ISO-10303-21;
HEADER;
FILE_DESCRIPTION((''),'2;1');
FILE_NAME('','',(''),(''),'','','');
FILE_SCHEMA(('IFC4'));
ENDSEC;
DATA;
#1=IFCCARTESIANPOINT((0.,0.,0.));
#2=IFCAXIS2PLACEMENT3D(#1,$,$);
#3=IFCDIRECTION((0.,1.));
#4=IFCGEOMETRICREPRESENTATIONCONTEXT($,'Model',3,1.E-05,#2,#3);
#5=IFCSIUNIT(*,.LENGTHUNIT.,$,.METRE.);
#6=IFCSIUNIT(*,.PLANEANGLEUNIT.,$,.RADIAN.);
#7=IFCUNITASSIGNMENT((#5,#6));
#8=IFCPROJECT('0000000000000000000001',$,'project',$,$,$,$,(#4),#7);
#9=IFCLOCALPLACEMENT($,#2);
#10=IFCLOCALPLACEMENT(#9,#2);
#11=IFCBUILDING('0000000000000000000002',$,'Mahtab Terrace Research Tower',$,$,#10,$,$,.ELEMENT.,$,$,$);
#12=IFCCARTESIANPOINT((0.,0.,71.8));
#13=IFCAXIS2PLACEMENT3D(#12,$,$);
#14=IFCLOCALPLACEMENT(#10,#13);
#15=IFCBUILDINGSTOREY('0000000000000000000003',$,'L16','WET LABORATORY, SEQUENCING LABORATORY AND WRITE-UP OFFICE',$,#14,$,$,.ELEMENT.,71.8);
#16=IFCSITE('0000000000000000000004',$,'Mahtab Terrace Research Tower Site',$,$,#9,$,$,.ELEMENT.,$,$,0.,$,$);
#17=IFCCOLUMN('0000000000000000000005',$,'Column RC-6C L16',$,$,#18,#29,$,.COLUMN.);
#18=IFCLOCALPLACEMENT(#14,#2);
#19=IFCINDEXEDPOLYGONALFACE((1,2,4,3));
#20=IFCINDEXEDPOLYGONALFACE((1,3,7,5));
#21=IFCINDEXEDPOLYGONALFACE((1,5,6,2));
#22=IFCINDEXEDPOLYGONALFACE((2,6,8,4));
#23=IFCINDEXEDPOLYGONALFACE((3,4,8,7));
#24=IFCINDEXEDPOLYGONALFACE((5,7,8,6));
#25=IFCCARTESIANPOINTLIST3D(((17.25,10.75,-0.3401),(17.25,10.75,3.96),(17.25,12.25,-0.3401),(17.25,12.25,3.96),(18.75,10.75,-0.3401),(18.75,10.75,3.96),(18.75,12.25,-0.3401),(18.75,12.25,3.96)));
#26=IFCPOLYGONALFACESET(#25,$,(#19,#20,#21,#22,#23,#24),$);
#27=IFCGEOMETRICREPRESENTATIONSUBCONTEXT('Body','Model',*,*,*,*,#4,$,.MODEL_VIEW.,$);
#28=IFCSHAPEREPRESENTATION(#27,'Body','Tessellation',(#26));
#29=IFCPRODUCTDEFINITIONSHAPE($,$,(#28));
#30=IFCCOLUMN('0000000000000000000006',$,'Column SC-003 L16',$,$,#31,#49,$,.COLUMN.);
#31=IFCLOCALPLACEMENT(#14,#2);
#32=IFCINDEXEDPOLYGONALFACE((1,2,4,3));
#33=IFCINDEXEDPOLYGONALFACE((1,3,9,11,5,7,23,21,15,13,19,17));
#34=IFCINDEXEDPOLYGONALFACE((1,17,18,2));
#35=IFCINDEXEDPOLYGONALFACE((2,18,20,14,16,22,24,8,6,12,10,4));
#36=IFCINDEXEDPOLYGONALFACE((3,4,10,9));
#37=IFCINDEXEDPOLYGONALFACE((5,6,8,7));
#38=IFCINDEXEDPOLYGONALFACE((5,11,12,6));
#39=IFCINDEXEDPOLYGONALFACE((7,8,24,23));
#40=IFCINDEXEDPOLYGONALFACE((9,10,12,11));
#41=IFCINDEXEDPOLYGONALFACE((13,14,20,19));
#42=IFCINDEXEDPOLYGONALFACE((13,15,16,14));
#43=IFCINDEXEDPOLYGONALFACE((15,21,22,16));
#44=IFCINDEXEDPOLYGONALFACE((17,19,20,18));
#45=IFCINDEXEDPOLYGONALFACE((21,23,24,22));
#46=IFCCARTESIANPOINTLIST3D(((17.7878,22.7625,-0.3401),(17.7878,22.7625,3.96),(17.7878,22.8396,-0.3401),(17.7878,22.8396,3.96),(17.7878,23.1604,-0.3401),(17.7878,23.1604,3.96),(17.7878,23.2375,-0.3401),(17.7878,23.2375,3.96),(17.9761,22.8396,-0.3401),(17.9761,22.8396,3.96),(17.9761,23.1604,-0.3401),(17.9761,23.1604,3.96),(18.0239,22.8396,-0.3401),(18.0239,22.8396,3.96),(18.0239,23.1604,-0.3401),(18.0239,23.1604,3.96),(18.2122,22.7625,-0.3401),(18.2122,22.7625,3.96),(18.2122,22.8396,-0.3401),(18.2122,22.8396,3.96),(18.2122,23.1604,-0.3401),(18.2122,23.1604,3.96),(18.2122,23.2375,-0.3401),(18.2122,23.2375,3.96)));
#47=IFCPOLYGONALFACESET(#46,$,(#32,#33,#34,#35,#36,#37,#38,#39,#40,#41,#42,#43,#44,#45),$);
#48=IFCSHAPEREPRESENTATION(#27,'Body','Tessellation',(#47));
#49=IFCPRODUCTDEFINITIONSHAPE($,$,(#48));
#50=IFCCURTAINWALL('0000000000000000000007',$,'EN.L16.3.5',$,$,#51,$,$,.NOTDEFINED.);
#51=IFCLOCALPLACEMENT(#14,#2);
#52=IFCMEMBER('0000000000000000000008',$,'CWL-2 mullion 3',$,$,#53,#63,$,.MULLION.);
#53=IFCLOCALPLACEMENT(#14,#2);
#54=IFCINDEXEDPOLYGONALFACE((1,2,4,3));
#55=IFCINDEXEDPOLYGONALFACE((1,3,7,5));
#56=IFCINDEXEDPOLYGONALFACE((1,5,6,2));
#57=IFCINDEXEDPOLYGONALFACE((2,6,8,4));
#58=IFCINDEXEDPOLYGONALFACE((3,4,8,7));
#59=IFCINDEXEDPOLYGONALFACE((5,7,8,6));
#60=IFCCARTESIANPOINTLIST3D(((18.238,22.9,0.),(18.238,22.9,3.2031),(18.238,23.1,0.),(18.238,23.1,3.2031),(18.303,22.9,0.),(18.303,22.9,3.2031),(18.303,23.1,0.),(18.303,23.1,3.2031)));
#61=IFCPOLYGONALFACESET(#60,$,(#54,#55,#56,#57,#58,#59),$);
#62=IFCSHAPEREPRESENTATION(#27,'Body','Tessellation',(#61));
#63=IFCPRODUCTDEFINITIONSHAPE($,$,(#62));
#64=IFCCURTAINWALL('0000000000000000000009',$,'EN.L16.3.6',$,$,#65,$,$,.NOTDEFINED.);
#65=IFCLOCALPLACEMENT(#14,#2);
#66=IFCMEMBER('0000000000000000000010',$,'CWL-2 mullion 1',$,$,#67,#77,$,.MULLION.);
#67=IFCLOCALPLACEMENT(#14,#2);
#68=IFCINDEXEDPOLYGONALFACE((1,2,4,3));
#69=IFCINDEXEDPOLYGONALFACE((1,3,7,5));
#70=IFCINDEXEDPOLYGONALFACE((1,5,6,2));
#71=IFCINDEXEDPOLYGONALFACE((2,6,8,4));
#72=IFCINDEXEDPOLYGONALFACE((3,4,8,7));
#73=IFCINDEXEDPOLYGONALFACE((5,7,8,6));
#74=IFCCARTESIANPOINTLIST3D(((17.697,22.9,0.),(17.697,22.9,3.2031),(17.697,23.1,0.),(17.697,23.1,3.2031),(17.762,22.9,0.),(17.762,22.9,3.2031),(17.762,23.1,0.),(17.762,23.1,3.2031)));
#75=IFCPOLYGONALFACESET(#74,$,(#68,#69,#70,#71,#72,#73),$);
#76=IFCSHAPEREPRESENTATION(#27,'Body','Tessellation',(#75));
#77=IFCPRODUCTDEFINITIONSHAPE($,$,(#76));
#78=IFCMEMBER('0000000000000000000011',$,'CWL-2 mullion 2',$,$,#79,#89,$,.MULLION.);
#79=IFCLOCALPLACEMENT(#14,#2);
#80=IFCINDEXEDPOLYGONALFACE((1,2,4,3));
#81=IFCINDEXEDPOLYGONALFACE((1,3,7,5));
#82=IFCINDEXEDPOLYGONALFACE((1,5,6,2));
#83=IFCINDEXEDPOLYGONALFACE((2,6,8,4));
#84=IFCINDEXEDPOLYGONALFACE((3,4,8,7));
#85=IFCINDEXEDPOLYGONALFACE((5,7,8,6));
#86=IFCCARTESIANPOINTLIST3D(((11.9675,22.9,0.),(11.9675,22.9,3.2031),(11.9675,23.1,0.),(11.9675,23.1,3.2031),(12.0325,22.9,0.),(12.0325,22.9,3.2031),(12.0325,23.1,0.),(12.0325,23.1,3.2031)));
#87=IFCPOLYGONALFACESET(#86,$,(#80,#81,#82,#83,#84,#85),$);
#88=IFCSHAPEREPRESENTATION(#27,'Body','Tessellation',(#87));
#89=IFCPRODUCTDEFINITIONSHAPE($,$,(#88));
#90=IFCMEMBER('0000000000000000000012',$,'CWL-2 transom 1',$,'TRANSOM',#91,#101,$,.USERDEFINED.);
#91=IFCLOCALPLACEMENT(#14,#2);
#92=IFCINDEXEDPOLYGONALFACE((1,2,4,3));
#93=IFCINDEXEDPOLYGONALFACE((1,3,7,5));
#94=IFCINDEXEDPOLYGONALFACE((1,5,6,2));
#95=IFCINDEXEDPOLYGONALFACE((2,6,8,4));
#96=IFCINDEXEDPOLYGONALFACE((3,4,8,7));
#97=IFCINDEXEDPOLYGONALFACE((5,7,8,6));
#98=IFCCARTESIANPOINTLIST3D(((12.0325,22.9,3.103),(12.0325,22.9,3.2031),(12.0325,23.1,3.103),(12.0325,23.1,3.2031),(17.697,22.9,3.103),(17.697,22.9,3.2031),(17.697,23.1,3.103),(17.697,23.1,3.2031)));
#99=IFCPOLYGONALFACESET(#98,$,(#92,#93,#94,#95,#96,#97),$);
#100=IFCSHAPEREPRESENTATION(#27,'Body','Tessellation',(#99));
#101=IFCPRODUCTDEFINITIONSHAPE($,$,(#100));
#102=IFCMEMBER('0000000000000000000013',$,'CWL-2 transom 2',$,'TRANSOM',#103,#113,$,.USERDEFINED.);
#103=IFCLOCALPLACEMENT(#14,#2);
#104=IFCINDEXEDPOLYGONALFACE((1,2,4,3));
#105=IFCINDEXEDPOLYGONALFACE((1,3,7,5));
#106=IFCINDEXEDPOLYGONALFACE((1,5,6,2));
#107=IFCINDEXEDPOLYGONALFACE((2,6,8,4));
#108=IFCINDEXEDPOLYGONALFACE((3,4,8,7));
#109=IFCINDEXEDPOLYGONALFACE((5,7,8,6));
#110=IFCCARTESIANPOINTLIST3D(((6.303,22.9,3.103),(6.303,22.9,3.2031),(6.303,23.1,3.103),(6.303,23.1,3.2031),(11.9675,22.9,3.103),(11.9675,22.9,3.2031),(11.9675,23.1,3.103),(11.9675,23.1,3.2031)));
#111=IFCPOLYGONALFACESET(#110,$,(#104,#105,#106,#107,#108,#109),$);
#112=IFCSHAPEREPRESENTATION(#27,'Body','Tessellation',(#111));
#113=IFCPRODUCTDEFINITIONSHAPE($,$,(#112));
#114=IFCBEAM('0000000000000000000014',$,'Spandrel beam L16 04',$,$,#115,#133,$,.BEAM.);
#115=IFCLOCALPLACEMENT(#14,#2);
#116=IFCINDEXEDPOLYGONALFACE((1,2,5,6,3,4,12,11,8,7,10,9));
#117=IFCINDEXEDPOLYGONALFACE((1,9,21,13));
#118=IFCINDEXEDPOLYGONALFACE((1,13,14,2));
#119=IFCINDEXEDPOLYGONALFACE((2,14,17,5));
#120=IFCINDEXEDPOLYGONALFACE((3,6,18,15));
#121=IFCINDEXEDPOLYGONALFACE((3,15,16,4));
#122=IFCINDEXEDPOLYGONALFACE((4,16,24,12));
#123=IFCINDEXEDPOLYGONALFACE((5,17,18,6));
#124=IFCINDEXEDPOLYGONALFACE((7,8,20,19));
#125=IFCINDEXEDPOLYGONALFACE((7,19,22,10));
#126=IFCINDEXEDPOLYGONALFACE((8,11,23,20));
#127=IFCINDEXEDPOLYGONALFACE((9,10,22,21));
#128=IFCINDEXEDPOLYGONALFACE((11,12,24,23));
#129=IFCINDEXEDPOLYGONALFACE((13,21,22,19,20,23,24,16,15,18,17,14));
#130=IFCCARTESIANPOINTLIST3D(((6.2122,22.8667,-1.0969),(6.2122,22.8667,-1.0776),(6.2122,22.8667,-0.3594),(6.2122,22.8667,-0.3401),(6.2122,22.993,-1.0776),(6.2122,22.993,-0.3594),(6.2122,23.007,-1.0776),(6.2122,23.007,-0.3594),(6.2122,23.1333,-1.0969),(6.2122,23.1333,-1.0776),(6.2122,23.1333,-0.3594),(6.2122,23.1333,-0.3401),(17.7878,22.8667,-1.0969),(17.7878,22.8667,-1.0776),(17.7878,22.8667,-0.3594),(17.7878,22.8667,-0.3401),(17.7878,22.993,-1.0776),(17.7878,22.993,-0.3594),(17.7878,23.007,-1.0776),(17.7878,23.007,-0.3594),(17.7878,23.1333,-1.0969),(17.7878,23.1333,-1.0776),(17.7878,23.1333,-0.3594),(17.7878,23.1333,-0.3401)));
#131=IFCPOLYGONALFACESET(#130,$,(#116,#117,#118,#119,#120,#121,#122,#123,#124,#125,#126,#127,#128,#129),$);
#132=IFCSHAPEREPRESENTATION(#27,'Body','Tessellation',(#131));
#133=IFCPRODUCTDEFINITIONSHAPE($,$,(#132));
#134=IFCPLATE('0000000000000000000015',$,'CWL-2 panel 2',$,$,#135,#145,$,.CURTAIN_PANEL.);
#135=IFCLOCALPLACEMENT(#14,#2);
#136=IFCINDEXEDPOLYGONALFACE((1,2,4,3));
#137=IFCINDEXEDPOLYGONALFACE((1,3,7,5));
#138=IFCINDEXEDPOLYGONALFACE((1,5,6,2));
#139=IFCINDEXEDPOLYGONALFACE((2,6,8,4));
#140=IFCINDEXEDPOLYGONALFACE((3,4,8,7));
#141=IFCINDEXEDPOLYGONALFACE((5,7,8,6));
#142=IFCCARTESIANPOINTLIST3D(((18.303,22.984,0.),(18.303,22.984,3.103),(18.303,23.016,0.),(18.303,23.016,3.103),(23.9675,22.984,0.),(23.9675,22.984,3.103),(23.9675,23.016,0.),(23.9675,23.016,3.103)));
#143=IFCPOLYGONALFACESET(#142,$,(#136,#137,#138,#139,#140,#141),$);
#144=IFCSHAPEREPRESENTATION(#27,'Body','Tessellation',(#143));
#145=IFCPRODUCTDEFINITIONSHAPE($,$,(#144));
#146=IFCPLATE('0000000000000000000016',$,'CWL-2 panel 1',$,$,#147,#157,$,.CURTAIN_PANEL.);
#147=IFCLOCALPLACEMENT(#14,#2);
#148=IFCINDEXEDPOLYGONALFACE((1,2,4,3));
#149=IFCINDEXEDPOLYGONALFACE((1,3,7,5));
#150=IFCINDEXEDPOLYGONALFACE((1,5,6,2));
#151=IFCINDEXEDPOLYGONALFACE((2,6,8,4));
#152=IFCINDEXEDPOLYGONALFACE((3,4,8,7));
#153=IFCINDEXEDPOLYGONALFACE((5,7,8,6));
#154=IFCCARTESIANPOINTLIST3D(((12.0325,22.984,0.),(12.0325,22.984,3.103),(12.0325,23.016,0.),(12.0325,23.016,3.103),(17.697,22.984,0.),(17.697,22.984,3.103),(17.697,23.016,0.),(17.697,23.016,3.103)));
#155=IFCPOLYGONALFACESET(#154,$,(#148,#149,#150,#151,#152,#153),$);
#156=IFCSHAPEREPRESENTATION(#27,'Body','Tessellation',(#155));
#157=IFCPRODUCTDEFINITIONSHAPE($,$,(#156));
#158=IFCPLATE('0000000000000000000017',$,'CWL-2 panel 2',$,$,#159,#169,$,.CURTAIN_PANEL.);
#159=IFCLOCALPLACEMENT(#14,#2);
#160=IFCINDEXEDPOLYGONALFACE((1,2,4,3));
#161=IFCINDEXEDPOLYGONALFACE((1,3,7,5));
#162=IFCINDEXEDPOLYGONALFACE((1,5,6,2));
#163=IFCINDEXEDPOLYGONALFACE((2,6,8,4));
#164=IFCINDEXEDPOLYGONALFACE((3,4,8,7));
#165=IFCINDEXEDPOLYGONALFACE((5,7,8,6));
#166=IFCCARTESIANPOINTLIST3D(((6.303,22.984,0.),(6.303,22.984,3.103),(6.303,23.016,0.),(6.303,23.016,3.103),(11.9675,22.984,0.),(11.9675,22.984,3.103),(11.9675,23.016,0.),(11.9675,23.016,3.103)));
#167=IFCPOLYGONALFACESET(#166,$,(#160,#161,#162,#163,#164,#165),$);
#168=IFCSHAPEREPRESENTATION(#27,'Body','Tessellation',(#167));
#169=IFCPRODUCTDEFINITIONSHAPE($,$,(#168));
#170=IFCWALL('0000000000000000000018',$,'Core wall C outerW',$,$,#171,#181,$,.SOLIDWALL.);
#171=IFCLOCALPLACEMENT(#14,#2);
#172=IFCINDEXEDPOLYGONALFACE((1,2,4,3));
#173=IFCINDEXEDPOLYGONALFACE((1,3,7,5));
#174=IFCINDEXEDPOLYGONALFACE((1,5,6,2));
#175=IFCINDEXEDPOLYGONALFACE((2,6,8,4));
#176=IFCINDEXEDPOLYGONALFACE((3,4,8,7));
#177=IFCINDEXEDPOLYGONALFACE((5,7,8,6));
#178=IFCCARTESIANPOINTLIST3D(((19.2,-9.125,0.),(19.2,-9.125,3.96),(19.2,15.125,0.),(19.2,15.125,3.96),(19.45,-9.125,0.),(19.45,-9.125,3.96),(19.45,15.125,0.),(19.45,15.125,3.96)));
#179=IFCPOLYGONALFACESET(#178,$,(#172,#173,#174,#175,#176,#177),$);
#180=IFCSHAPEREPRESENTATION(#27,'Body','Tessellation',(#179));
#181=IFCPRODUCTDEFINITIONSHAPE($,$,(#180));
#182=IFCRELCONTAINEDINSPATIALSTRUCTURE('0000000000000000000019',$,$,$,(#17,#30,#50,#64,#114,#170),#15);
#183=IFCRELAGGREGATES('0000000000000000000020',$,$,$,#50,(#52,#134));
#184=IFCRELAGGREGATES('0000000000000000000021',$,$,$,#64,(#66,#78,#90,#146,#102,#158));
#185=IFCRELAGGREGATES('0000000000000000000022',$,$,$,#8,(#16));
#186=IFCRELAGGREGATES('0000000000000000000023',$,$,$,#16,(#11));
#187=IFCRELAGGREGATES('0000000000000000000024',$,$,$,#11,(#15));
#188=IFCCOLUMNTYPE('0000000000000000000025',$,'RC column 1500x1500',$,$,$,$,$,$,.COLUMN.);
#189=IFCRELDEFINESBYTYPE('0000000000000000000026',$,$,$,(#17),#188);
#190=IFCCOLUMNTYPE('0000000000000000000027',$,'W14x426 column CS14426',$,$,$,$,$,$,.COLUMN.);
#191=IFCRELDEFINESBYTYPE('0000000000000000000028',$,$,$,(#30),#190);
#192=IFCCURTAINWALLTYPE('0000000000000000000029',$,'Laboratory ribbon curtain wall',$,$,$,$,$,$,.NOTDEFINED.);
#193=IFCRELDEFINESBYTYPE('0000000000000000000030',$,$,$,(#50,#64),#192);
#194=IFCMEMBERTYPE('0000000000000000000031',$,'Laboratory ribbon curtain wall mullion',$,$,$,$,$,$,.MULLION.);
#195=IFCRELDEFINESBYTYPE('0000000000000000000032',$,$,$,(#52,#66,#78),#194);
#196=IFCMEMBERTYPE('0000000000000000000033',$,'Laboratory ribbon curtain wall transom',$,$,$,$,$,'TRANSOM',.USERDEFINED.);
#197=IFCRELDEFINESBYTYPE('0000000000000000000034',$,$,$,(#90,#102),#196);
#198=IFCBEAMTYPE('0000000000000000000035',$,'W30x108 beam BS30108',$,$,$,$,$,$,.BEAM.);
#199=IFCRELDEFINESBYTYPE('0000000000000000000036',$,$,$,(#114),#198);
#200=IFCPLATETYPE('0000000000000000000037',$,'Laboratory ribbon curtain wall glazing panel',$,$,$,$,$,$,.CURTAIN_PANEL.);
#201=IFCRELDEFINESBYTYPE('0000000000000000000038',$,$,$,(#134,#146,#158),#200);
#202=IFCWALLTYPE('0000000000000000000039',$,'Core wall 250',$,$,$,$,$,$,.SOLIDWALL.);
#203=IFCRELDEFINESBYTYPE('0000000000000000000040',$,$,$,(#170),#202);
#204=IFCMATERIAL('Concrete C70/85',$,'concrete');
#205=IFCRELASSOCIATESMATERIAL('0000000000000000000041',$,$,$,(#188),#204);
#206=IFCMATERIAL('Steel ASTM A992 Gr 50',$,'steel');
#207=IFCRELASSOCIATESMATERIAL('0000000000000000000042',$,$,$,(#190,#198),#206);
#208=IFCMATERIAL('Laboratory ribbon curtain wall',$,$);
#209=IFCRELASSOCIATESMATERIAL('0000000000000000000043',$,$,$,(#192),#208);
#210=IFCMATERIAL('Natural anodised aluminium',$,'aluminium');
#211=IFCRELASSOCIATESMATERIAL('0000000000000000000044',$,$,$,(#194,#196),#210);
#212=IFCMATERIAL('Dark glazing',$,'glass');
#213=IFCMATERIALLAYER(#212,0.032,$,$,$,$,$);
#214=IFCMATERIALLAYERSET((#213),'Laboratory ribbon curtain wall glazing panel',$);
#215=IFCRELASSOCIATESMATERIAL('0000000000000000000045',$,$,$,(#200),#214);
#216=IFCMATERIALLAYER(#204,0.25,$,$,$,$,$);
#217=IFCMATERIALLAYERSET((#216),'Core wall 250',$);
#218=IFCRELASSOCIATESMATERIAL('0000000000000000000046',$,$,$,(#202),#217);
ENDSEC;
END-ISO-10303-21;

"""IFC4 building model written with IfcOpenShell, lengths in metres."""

from ifc_helpers import new_model, si_unit, direction, frame, frame_2d, origin, origin_2d, place, context, subcontext, project, spatial, rectangle, i_section, extrude, material, layer, layer_set, material_profile, profile_set, type_object, element, aggregate, save


model = new_model("IFC4")

# Units and contexts
model_context = context("Model", 3, precision=1e-05, world=origin(), true_north=direction((0.0, 1.0)))
body_context = subcontext(model_context, "Body", "Model", "MODEL_VIEW")
ifc_project = project(units=[si_unit("LENGTHUNIT", "METRE"), si_unit("PLANEANGLEUNIT", "RADIAN")], contexts=[model_context])

# Site, building, storey
site_placement = place(None, origin())
site = spatial("IfcSite", under=ifc_project, at=site_placement, Name="Mahtab Terrace Research Tower Site", CompositionType="ELEMENT", RefElevation=0.0)
building_placement = place(site_placement, origin())
building = spatial("IfcBuilding", under=site, at=building_placement, Name="Mahtab Terrace Research Tower", CompositionType="ELEMENT")
storey_placement = place(building_placement, frame((0.0, 0.0, 71.8)))
storey = spatial("IfcBuildingStorey", under=building, at=storey_placement, Name="L16", Description="WET LABORATORY, SEQUENCING LABORATORY AND WRITE-UP OFFICE", CompositionType="ELEMENT", Elevation=71.8)

# Columns
ifc_material_1 = material(Name="Concrete C70/85", Category="concrete")
ifc_material_profile_1 = material_profile(ifc_material_1, rectangle(XDim=1.5, YDim=1.5, at=origin_2d()), Name="RC column 1500x1500")
ifc_profile_set_1 = profile_set([ifc_material_profile_1], Name="Concrete C70/85")
column_type_1 = type_object("IfcColumnType", Name="RC column 1500x1500", PredefinedType="COLUMN", material=ifc_profile_set_1)
column_1_placement = place(storey_placement, frame((18.0, 11.5, -0.3401), z_axis=(0.0, 0.0, 1.0), x_axis=(1.0, 0.0, 0.0)))
element("IfcColumn", 1, at=column_1_placement, inside=storey, type_object=column_type_1, Name="Column RC-6C L16", PredefinedType="COLUMN", context=body_context, shape_type="SweptSolid", body=[
    extrude(rectangle(XDim=1.5, YDim=1.5, at=origin_2d()), origin(), (0.0, 0.0, 1.0), 4.3),
])
ifc_material_2 = material(Name="Steel ASTM A992 Gr 50", Category="steel")
ifc_material_profile_2 = material_profile(ifc_material_2, i_section(OverallWidth=0.4243, OverallDepth=0.4751, WebThickness=0.0479, FlangeThickness=0.0771, at=origin_2d()), Name="W14X426")
ifc_profile_set_2 = profile_set([ifc_material_profile_2], Name="Steel ASTM A992 Gr 50")
column_type_2 = type_object("IfcColumnType", Name="W14x426 column CS14426", PredefinedType="COLUMN", material=ifc_profile_set_2)
column_2_placement = place(storey_placement, frame((18.0, 23.0, -0.3401), z_axis=(0.0, 0.0, 1.0), x_axis=(1.0, 0.0, 0.0)))
element("IfcColumn", 2, at=column_2_placement, inside=storey, type_object=column_type_2, Name="Column SC-003 L16", PredefinedType="COLUMN", context=body_context, shape_type="SweptSolid", body=[
    extrude(i_section(OverallWidth=0.4243, OverallDepth=0.4751, WebThickness=0.0479, FlangeThickness=0.0771, at=origin_2d()), origin(), (0.0, 0.0, 1.0), 4.3),
])

# Curtain wall, member
ifc_material_3 = material(Name="Laboratory ribbon curtain wall")
curtain_wall_type = type_object("IfcCurtainWallType", Name="Laboratory ribbon curtain wall", PredefinedType="NOTDEFINED", material=ifc_material_3)
curtain_wall_1_placement = place(storey_placement, origin())
curtain_wall_1 = element("IfcCurtainWall", 3, at=curtain_wall_1_placement, inside=storey, type_object=curtain_wall_type, Name="EN.L16.3.5", PredefinedType="NOTDEFINED")
ifc_material_4 = material(Name="Natural anodised aluminium", Category="aluminium")
ifc_material_profile_3 = material_profile(ifc_material_4, rectangle(XDim=0.2, YDim=0.0649, at=origin_2d()), Name="MULLION 65x200")
ifc_profile_set_3 = profile_set([ifc_material_profile_3], Name="Natural anodised aluminium")
member_type_1 = type_object("IfcMemberType", Name="Laboratory ribbon curtain wall mullion", PredefinedType="MULLION", material=ifc_profile_set_3)
member_1_placement = place(storey_placement, frame((18.2705, 23.0, 0.0), z_axis=(0.0, 0.0, 1.0), x_axis=(0.0, -1.0, 0.0)))
member_1 = element("IfcMember", 4, at=member_1_placement, type_object=member_type_1, Name="CWL-2 mullion 3", PredefinedType="MULLION", context=body_context, shape_type="SweptSolid", body=[
    extrude(rectangle(XDim=0.2, YDim=0.0649, at=origin_2d()), origin(), (0.0, 0.0, 1.0), 3.2031),
])

# Curtain wall, members
curtain_wall_2_placement = place(storey_placement, origin())
curtain_wall_2 = element("IfcCurtainWall", 5, at=curtain_wall_2_placement, inside=storey, type_object=curtain_wall_type, Name="EN.L16.3.6", PredefinedType="NOTDEFINED")
member_2_placement = place(storey_placement, frame((17.7295, 23.0, 0.0), z_axis=(0.0, 0.0, 1.0), x_axis=(0.0, -1.0, 0.0)))
member_2 = element("IfcMember", 6, at=member_2_placement, type_object=member_type_1, Name="CWL-2 mullion 1", PredefinedType="MULLION", context=body_context, shape_type="SweptSolid", body=[
    extrude(rectangle(XDim=0.2, YDim=0.0649, at=origin_2d()), origin(), (0.0, 0.0, 1.0), 3.2031),
])
member_3_placement = place(storey_placement, frame((12.0, 23.0, 0.0), z_axis=(0.0, 0.0, 1.0), x_axis=(0.0, -1.0, 0.0)))
member_3 = element("IfcMember", 7, at=member_3_placement, type_object=member_type_1, Name="CWL-2 mullion 2", PredefinedType="MULLION", context=body_context, shape_type="SweptSolid", body=[
    extrude(rectangle(XDim=0.2, YDim=0.0649, at=origin_2d()), origin(), (0.0, 0.0, 1.0), 3.2031),
])
ifc_material_profile_4 = material_profile(ifc_material_4, rectangle(XDim=0.2, YDim=0.1001, at=origin_2d()), Name="TRANSOM 100x200")
ifc_profile_set_4 = profile_set([ifc_material_profile_4], Name="Natural anodised aluminium")
member_type_2 = type_object("IfcMemberType", Name="Laboratory ribbon curtain wall transom", ElementType="TRANSOM", PredefinedType="USERDEFINED", material=ifc_profile_set_4)
member_4_placement = place(storey_placement, frame((17.697, 23.0, 3.1531), z_axis=(-1.0, 0.0, 0.0), x_axis=(0.0, -1.0, 0.0)))
member_4 = element("IfcMember", 8, at=member_4_placement, type_object=member_type_2, Name="CWL-2 transom 1", ObjectType="TRANSOM", PredefinedType="USERDEFINED", context=body_context, shape_type="SweptSolid", body=[
    extrude(rectangle(XDim=0.2, YDim=0.1001, at=origin_2d()), origin(), (0.0, 0.0, 1.0), 5.6646),
])
member_5_placement = place(storey_placement, frame((11.9675, 23.0, 3.1531), z_axis=(-1.0, 0.0, 0.0), x_axis=(0.0, -1.0, 0.0)))
member_5 = element("IfcMember", 9, at=member_5_placement, type_object=member_type_2, Name="CWL-2 transom 2", ObjectType="TRANSOM", PredefinedType="USERDEFINED", context=body_context, shape_type="SweptSolid", body=[
    extrude(rectangle(XDim=0.2, YDim=0.1001, at=origin_2d()), origin(), (0.0, 0.0, 1.0), 5.6646),
])

# Beam
ifc_material_profile_5 = material_profile(ifc_material_2, i_section(OverallWidth=0.2666, OverallDepth=0.7568, WebThickness=0.0139, FlangeThickness=0.0193, at=origin_2d()), Name="W30X108")
ifc_profile_set_5 = profile_set([ifc_material_profile_5], Name="Steel ASTM A992 Gr 50")
beam_type = type_object("IfcBeamType", Name="W30x108 beam BS30108", PredefinedType="BEAM", material=ifc_profile_set_5)
beam_placement = place(storey_placement, frame((17.7878, 23.0, -0.7185), z_axis=(-1.0, 0.0, 0.0), x_axis=(0.0, -1.0, 0.0)))
element("IfcBeam", 10, at=beam_placement, inside=storey, type_object=beam_type, Name="Spandrel beam L16 04", PredefinedType="BEAM", context=body_context, shape_type="SweptSolid", body=[
    extrude(i_section(OverallWidth=0.2666, OverallDepth=0.7568, WebThickness=0.0139, FlangeThickness=0.0193, at=origin_2d()), origin(), (0.0, 0.0, 1.0), 11.5757),
])

# Plates
ifc_material_5 = material(Name="Dark glazing", Category="glass")
ifc_layer_1 = layer(ifc_material_5, 0.032)
ifc_layer_set_1 = layer_set([ifc_layer_1], Name="Laboratory ribbon curtain wall glazing panel")
plate_type = type_object("IfcPlateType", Name="Laboratory ribbon curtain wall glazing panel", PredefinedType="CURTAIN_PANEL", material=ifc_layer_set_1)
plate_1_placement = place(storey_placement, frame((21.1353, 23.0, 0.0), z_axis=(0.0, 0.0, 1.0), x_axis=(-1.0, 0.0, 0.0)))
plate_1 = element("IfcPlate", 11, at=plate_1_placement, type_object=plate_type, Name="CWL-2 panel 2", PredefinedType="CURTAIN_PANEL", context=body_context, shape_type="SweptSolid", body=[
    extrude(rectangle(XDim=5.6646, YDim=0.032, at=origin_2d()), origin(), (0.0, 0.0, 1.0), 3.103),
])
aggregate(curtain_wall_1, [member_1, plate_1])
plate_2_placement = place(storey_placement, frame((14.8647, 23.0, 0.0), z_axis=(0.0, 0.0, 1.0), x_axis=(-1.0, 0.0, 0.0)))
plate_2 = element("IfcPlate", 12, at=plate_2_placement, type_object=plate_type, Name="CWL-2 panel 1", PredefinedType="CURTAIN_PANEL", context=body_context, shape_type="SweptSolid", body=[
    extrude(rectangle(XDim=5.6646, YDim=0.032, at=origin_2d()), origin(), (0.0, 0.0, 1.0), 3.103),
])
plate_3_placement = place(storey_placement, frame((9.1353, 23.0, 0.0), z_axis=(0.0, 0.0, 1.0), x_axis=(-1.0, 0.0, 0.0)))
plate_3 = element("IfcPlate", 13, at=plate_3_placement, type_object=plate_type, Name="CWL-2 panel 2", PredefinedType="CURTAIN_PANEL", context=body_context, shape_type="SweptSolid", body=[
    extrude(rectangle(XDim=5.6646, YDim=0.032, at=origin_2d()), origin(), (0.0, 0.0, 1.0), 3.103),
])
aggregate(curtain_wall_2, [member_2, member_3, member_4, plate_2, member_5, plate_3])

# Wall
ifc_layer_2 = layer(ifc_material_1, 0.25)
ifc_layer_set_2 = layer_set([ifc_layer_2], Name="Core wall 250")
wall_type_1 = type_object("IfcWallType", Name="Core wall 250", PredefinedType="SOLIDWALL", material=ifc_layer_set_2)
wall_1_placement = place(storey_placement, frame((19.325, 15.125, 0.0), z_axis=(0.0, 0.0, 1.0), x_axis=(0.0, -1.0, 0.0)))
element("IfcWall", 14, at=wall_1_placement, inside=storey, type_object=wall_type_1, Name="Core wall C outerW", PredefinedType="SOLIDWALL", context=body_context, shape_type="SweptSolid", body=[
    extrude(rectangle(XDim=24.25, YDim=0.25, at=frame_2d((12.125, 0.0))), origin(), (0.0, 0.0, 1.0), 3.96),
])

save(model, "model.ifc")
